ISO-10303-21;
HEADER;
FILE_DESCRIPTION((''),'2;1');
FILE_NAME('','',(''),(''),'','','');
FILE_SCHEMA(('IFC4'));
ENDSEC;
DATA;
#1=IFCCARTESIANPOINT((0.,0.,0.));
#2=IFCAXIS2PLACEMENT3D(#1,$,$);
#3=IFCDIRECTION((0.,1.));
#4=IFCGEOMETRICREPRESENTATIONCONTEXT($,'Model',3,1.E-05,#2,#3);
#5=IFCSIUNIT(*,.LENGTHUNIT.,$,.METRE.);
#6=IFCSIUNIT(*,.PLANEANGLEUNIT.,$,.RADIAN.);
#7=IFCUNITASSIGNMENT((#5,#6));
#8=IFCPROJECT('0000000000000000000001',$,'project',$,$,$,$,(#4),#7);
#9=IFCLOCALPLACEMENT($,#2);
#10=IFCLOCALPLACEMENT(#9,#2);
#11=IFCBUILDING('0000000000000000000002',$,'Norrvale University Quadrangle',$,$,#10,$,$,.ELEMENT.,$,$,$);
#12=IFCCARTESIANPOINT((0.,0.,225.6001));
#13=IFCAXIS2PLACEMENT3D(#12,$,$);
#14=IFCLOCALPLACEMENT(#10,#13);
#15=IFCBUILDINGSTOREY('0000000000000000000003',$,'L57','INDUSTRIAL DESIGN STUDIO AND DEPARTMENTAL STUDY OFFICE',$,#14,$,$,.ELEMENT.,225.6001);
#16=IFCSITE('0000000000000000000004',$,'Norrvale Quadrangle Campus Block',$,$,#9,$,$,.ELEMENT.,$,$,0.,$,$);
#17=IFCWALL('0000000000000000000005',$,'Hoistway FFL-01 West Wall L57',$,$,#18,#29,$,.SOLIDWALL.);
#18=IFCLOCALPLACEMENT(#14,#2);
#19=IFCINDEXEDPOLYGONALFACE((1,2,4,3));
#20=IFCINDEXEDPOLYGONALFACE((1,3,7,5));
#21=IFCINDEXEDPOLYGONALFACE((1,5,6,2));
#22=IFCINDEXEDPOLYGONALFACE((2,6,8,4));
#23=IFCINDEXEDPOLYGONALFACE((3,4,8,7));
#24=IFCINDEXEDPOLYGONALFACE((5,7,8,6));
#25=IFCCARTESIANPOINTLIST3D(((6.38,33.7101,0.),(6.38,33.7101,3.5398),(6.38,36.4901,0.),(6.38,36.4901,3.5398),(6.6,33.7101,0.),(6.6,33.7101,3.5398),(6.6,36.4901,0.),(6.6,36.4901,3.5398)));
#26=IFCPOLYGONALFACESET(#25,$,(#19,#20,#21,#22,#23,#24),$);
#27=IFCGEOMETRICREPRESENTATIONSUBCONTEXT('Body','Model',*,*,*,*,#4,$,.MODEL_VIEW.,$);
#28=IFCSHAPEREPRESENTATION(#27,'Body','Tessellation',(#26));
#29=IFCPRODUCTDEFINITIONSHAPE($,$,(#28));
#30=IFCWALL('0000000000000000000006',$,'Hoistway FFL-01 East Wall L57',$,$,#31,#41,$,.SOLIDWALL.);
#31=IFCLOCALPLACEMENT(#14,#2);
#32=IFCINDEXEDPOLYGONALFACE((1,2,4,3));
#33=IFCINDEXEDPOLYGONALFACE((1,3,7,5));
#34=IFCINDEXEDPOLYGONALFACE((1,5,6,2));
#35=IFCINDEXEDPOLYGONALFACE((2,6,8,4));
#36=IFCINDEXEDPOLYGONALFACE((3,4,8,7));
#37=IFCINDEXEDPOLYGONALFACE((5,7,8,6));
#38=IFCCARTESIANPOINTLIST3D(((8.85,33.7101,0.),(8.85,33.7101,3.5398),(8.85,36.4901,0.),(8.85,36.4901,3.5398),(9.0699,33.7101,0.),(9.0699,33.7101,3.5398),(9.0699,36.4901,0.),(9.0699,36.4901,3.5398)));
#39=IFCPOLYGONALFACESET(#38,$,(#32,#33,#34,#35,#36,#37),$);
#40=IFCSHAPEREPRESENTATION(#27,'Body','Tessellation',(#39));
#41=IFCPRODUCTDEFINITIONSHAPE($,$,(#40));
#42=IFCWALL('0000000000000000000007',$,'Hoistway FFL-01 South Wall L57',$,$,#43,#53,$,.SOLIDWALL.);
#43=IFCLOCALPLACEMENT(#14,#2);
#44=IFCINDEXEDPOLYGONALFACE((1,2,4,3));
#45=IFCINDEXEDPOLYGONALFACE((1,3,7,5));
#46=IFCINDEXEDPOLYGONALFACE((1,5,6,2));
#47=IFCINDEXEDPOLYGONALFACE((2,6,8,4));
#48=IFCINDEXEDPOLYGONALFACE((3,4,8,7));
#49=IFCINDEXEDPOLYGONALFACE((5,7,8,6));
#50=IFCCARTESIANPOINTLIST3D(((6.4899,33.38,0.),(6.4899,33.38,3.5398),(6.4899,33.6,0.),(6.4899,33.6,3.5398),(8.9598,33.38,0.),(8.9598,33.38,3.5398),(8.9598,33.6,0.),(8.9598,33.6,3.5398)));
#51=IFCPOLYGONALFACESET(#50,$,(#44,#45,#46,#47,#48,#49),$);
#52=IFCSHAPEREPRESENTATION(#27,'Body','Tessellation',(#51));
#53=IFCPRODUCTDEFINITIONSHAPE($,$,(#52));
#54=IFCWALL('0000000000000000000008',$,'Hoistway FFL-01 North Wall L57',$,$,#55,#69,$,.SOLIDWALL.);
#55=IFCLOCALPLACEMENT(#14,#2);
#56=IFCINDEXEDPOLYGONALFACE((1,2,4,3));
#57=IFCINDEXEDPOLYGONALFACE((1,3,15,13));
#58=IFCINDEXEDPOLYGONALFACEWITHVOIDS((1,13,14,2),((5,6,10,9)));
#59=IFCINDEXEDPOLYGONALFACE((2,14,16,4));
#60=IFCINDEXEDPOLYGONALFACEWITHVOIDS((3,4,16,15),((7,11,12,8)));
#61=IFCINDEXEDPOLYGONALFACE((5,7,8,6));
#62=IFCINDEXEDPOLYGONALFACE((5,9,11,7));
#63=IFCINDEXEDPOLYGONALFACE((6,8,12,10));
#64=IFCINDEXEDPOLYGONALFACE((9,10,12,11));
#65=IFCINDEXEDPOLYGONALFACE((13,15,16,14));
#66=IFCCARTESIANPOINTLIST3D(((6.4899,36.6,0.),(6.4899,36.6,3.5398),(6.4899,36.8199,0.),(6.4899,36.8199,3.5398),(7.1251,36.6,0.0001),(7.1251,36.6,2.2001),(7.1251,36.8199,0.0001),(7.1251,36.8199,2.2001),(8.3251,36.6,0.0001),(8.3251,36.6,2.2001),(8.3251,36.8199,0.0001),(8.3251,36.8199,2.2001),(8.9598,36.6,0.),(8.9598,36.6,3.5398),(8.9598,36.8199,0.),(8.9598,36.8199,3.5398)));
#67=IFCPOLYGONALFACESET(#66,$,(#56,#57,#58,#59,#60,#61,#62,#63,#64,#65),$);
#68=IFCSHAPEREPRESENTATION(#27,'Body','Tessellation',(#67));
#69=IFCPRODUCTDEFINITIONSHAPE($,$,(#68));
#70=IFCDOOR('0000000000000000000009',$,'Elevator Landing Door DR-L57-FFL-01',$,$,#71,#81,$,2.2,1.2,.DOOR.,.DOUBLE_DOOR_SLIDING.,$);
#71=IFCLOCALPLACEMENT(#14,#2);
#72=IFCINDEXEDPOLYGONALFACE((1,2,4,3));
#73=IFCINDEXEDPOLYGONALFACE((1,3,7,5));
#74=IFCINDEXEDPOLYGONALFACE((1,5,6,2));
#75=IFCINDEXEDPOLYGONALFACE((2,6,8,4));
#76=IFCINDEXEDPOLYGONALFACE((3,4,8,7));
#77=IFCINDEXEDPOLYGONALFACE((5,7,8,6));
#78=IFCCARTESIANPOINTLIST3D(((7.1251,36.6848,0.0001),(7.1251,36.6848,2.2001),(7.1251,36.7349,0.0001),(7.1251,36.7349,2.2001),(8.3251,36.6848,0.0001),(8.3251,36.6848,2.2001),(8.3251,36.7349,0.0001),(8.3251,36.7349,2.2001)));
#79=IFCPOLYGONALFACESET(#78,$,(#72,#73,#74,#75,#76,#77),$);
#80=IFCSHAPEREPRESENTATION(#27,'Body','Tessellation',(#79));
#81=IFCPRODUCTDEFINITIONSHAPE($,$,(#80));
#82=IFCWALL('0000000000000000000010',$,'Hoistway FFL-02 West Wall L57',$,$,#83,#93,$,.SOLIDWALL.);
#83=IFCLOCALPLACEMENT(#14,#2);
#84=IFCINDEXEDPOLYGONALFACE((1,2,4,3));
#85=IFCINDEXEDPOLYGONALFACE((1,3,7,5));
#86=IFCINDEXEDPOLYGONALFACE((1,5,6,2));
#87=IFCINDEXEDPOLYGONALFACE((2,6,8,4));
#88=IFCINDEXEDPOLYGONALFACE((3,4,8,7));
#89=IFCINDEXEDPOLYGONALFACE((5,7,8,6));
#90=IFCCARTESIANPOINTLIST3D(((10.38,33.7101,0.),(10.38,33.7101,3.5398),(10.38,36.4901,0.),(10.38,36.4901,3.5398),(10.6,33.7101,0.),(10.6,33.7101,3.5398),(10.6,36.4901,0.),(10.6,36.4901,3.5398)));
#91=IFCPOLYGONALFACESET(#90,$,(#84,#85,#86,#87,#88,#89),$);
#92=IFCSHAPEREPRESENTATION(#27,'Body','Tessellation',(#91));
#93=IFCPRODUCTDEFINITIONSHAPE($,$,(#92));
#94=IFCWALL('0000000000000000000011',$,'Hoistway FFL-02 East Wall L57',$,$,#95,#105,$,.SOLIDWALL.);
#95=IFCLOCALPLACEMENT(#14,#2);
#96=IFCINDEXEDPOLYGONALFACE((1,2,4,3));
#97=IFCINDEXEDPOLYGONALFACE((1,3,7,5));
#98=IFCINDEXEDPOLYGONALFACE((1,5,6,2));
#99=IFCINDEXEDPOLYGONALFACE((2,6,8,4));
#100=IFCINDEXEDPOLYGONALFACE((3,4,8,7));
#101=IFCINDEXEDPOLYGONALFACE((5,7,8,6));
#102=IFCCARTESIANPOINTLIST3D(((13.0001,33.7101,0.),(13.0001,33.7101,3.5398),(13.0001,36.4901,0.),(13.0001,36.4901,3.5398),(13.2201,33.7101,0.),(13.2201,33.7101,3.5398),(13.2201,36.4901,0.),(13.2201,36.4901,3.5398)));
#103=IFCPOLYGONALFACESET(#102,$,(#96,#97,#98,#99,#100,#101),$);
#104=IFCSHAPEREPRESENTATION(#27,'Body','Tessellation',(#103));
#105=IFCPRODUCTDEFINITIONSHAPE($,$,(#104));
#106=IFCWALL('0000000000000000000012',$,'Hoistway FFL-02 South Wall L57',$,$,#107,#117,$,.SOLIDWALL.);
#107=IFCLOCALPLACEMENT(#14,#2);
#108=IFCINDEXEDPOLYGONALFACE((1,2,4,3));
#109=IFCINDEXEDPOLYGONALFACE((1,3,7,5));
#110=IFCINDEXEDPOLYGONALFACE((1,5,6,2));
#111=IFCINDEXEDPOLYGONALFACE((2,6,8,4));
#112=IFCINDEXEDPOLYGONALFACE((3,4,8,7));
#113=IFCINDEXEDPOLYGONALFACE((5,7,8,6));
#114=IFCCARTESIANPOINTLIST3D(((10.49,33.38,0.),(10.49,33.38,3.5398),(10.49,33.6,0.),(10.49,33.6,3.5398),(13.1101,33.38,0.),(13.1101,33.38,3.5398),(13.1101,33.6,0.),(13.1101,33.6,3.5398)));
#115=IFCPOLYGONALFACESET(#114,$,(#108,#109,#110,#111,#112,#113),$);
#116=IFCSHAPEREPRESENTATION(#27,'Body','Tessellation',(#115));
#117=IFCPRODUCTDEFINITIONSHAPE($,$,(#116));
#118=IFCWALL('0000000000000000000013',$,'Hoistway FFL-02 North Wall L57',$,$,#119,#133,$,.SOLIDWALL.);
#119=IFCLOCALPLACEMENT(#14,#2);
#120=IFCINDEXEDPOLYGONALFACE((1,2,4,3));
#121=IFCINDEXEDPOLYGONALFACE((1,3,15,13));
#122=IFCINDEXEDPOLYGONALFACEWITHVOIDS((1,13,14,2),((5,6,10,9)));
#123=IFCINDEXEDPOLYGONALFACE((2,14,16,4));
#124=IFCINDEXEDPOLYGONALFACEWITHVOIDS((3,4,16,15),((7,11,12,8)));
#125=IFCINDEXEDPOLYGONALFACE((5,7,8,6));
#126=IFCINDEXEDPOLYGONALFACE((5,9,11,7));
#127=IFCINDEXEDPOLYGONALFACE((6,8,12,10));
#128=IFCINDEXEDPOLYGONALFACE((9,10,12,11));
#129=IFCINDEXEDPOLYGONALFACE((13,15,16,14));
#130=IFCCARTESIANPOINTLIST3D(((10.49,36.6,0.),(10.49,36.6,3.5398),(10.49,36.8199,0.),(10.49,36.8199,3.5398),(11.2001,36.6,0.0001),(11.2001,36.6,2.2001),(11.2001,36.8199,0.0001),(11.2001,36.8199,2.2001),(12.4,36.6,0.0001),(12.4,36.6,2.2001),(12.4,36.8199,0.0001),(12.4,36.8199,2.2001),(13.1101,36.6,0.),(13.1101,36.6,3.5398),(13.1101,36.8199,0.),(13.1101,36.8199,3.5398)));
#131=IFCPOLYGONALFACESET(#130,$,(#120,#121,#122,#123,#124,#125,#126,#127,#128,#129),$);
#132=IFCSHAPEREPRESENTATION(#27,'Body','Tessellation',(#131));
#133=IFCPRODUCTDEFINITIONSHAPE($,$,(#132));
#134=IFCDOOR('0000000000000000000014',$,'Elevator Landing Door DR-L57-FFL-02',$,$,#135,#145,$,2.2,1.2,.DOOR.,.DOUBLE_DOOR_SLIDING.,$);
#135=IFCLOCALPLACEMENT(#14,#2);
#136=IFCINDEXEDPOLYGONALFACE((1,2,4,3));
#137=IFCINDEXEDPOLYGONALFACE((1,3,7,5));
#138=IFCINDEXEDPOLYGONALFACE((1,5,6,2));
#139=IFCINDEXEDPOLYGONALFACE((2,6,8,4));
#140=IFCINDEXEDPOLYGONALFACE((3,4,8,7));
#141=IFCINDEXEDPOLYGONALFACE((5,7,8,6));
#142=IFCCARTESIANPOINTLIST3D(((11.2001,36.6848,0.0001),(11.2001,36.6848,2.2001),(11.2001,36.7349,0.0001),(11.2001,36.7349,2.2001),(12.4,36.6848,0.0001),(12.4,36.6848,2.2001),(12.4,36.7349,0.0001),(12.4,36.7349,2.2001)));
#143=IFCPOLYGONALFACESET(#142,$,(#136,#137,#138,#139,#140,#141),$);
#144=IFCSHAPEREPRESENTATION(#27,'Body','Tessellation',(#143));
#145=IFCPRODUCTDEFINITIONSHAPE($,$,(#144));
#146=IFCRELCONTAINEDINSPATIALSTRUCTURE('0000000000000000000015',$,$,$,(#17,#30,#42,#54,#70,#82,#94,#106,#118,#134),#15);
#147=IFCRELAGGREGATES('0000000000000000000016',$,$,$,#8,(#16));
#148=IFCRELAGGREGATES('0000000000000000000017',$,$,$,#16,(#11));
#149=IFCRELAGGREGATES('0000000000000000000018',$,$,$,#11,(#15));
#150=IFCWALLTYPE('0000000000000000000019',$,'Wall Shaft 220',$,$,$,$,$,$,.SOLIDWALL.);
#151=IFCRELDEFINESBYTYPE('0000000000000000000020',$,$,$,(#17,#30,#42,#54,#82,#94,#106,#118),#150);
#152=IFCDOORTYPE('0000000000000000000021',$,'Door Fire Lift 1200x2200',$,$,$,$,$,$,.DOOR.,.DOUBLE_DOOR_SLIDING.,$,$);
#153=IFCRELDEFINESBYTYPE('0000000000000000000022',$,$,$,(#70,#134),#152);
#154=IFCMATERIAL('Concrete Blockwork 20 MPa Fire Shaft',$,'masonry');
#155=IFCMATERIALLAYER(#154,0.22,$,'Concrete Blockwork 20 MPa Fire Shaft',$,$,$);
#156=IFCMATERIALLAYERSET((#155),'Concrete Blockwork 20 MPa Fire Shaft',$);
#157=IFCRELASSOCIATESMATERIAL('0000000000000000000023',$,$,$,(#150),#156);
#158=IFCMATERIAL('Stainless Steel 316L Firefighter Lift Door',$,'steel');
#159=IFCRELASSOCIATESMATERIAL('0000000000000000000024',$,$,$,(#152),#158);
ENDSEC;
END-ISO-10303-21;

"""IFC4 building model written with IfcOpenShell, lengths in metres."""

from ifc_helpers import new_model, si_unit, direction, frame, frame_2d, origin, place, context, subcontext, project, spatial, rectangle, extrude, material, layer, layer_set, type_object, element, fill, save


model = new_model("IFC4")

# Units and contexts
model_context = context("Model", 3, precision=1e-05, world=origin(), true_north=direction((0.0, 1.0)))
body_context = subcontext(model_context, "Body", "Model", "MODEL_VIEW")
ifc_project = project(units=[si_unit("LENGTHUNIT", "METRE"), si_unit("PLANEANGLEUNIT", "RADIAN")], contexts=[model_context])

# Site, building, storey
site_placement = place(None, origin())
site = spatial("IfcSite", under=ifc_project, at=site_placement, Name="Norrvale Quadrangle Campus Block", CompositionType="ELEMENT", RefElevation=0.0)
building_placement = place(site_placement, origin())
building = spatial("IfcBuilding", under=site, at=building_placement, Name="Norrvale University Quadrangle", CompositionType="ELEMENT")
storey_placement = place(building_placement, frame((0.0, 0.0, 225.6001)))
storey = spatial("IfcBuildingStorey", under=building, at=storey_placement, Name="L57", Description="INDUSTRIAL DESIGN STUDIO AND DEPARTMENTAL STUDY OFFICE", CompositionType="ELEMENT", Elevation=225.6001)

# Walls
ifc_material_1 = material(Name="Concrete Blockwork 20 MPa Fire Shaft", Category="masonry")
ifc_layer_1 = layer(ifc_material_1, 0.22, Name="Concrete Blockwork 20 MPa Fire Shaft")
ifc_layer_set_1 = layer_set([ifc_layer_1], Name="Concrete Blockwork 20 MPa Fire Shaft")
wall_type_1 = type_object("IfcWallType", Name="Wall Shaft 220", PredefinedType="SOLIDWALL", material=ifc_layer_set_1)
for number, where, z_axis, x_axis, name in (
    (1, (6.49, 33.71, 0.0), (0.0, 0.0, 1.0), (0.0, 1.0, 0.0), "Hoistway FFL-01 West Wall L57"),
    (2, (8.96, 33.71, 0.0), (0.0, 0.0, 1.0), (0.0, 1.0, 0.0), "Hoistway FFL-01 East Wall L57"),
):
    element("IfcWall", number, at=place(storey_placement, frame(where, z_axis=z_axis, x_axis=x_axis)), inside=storey, type_object=wall_type_1, Name=name, PredefinedType="SOLIDWALL", context=body_context, shape_type="SweptSolid", body=[
        extrude(rectangle(XDim=2.78, YDim=0.22, at=frame_2d((1.3901, 0.0))), origin(), (0.0, 0.0, 1.0), 3.5398),
    ])
wall_1_placement = place(storey_placement, frame((6.49, 33.49, 0.0), z_axis=(0.0, 0.0, 1.0), x_axis=(1.0, 0.0, 0.0)))
element("IfcWall", 3, at=wall_1_placement, inside=storey, type_object=wall_type_1, Name="Hoistway FFL-01 South Wall L57", PredefinedType="SOLIDWALL", context=body_context, shape_type="SweptSolid", body=[
    extrude(rectangle(XDim=2.47, YDim=0.22, at=frame_2d((1.2349, 0.0))), origin(), (0.0, 0.0, 1.0), 3.5398),
])

# Wall, opening, door
wall_2_placement = place(storey_placement, frame((6.49, 36.71, 0.0), z_axis=(0.0, 0.0, 1.0), x_axis=(1.0, 0.0, 0.0)))
wall_2 = element("IfcWall", 4, at=wall_2_placement, inside=storey, type_object=wall_type_1, Name="Hoistway FFL-01 North Wall L57", PredefinedType="SOLIDWALL", context=body_context, shape_type="SweptSolid", body=[
    extrude(rectangle(XDim=2.47, YDim=0.22, at=frame_2d((1.2349, 0.0))), origin(), (0.0, 0.0, 1.0), 3.5398),
])
opening_1_placement = place(wall_2_placement, frame((0.635, 0.0, 0.0)))
opening_1 = element("IfcOpeningElement", 5, at=opening_1_placement, cuts=wall_2, PredefinedType="OPENING", context=body_context, shape_type="SweptSolid", body=[
    extrude(rectangle(XDim=1.2, YDim=2.2, at=frame_2d((0.6001, 1.1001))), frame((0.0, 0.1221, 0.0), z_axis=(0.0, -1.0, 0.0), x_axis=(1.0, 0.0, 0.0)), (0.0, 0.0, 1.0), 0.2439),
])
ifc_material_2 = material(Name="Stainless Steel 316L Firefighter Lift Door", Category="steel")
door_type_1 = type_object("IfcDoorType", Name="Door Fire Lift 1200x2200", OperationType="DOUBLE_DOOR_SLIDING", PredefinedType="DOOR", material=ifc_material_2)
door_1_placement = place(opening_1_placement, origin())
door_1 = element("IfcDoor", 6, at=door_1_placement, inside=storey, type_object=door_type_1, Name="Elevator Landing Door DR-L57-FFL-01", OperationType="DOUBLE_DOOR_SLIDING", OverallHeight=2.2, OverallWidth=1.2, PredefinedType="DOOR", context=body_context, shape_type="SweptSolid", body=[
    extrude(rectangle(XDim=1.2, YDim=2.2, at=frame_2d((0.6001, 1.1001))), frame((0.0, 0.0249, 0.0), z_axis=(0.0, -1.0, 0.0), x_axis=(1.0, 0.0, 0.0)), (0.0, 0.0, 1.0), 0.05),
])
fill(opening_1, door_1)

# Walls
for number, where, z_axis, x_axis, name in (
    (7, (10.49, 33.71, 0.0), (0.0, 0.0, 1.0), (0.0, 1.0, 0.0), "Hoistway FFL-02 West Wall L57"),
    (8, (13.1101, 33.71, 0.0), (0.0, 0.0, 1.0), (0.0, 1.0, 0.0), "Hoistway FFL-02 East Wall L57"),
):
    element("IfcWall", number, at=place(storey_placement, frame(where, z_axis=z_axis, x_axis=x_axis)), inside=storey, type_object=wall_type_1, Name=name, PredefinedType="SOLIDWALL", context=body_context, shape_type="SweptSolid", body=[
        extrude(rectangle(XDim=2.78, YDim=0.22, at=frame_2d((1.3901, 0.0))), origin(), (0.0, 0.0, 1.0), 3.5398),
    ])
wall_3_placement = place(storey_placement, frame((10.49, 33.49, 0.0), z_axis=(0.0, 0.0, 1.0), x_axis=(1.0, 0.0, 0.0)))
element("IfcWall", 9, at=wall_3_placement, inside=storey, type_object=wall_type_1, Name="Hoistway FFL-02 South Wall L57", PredefinedType="SOLIDWALL", context=body_context, shape_type="SweptSolid", body=[
    extrude(rectangle(XDim=2.6201, YDim=0.22, at=frame_2d((1.3101, 0.0))), origin(), (0.0, 0.0, 1.0), 3.5398),
])

# Wall, opening, door
wall_4_placement = place(storey_placement, frame((10.49, 36.71, 0.0), z_axis=(0.0, 0.0, 1.0), x_axis=(1.0, 0.0, 0.0)))
wall_4 = element("IfcWall", 10, at=wall_4_placement, inside=storey, type_object=wall_type_1, Name="Hoistway FFL-02 North Wall L57", PredefinedType="SOLIDWALL", context=body_context, shape_type="SweptSolid", body=[
    extrude(rectangle(XDim=2.6201, YDim=0.22, at=frame_2d((1.3101, 0.0))), origin(), (0.0, 0.0, 1.0), 3.5398),
])
opening_2_placement = place(wall_4_placement, frame((0.71, 0.0, 0.0)))
opening_2 = element("IfcOpeningElement", 11, at=opening_2_placement, cuts=wall_4, PredefinedType="OPENING", context=body_context, shape_type="SweptSolid", body=[
    extrude(rectangle(XDim=1.2, YDim=2.2, at=frame_2d((0.6001, 1.1001))), frame((0.0, 0.1221, 0.0), z_axis=(0.0, -1.0, 0.0), x_axis=(1.0, 0.0, 0.0)), (0.0, 0.0, 1.0), 0.2439),
])
door_2_placement = place(opening_2_placement, origin())
door_2 = element("IfcDoor", 12, at=door_2_placement, inside=storey, type_object=door_type_1, Name="Elevator Landing Door DR-L57-FFL-02", OperationType="DOUBLE_DOOR_SLIDING", OverallHeight=2.2, OverallWidth=1.2, PredefinedType="DOOR", context=body_context, shape_type="SweptSolid", body=[
    extrude(rectangle(XDim=1.2, YDim=2.2, at=frame_2d((0.6001, 1.1001))), frame((0.0, 0.0249, 0.0), z_axis=(0.0, -1.0, 0.0), x_axis=(1.0, 0.0, 0.0)), (0.0, 0.0, 1.0), 0.05),
])
fill(opening_2, door_2)

save(model, "model.ifc")
